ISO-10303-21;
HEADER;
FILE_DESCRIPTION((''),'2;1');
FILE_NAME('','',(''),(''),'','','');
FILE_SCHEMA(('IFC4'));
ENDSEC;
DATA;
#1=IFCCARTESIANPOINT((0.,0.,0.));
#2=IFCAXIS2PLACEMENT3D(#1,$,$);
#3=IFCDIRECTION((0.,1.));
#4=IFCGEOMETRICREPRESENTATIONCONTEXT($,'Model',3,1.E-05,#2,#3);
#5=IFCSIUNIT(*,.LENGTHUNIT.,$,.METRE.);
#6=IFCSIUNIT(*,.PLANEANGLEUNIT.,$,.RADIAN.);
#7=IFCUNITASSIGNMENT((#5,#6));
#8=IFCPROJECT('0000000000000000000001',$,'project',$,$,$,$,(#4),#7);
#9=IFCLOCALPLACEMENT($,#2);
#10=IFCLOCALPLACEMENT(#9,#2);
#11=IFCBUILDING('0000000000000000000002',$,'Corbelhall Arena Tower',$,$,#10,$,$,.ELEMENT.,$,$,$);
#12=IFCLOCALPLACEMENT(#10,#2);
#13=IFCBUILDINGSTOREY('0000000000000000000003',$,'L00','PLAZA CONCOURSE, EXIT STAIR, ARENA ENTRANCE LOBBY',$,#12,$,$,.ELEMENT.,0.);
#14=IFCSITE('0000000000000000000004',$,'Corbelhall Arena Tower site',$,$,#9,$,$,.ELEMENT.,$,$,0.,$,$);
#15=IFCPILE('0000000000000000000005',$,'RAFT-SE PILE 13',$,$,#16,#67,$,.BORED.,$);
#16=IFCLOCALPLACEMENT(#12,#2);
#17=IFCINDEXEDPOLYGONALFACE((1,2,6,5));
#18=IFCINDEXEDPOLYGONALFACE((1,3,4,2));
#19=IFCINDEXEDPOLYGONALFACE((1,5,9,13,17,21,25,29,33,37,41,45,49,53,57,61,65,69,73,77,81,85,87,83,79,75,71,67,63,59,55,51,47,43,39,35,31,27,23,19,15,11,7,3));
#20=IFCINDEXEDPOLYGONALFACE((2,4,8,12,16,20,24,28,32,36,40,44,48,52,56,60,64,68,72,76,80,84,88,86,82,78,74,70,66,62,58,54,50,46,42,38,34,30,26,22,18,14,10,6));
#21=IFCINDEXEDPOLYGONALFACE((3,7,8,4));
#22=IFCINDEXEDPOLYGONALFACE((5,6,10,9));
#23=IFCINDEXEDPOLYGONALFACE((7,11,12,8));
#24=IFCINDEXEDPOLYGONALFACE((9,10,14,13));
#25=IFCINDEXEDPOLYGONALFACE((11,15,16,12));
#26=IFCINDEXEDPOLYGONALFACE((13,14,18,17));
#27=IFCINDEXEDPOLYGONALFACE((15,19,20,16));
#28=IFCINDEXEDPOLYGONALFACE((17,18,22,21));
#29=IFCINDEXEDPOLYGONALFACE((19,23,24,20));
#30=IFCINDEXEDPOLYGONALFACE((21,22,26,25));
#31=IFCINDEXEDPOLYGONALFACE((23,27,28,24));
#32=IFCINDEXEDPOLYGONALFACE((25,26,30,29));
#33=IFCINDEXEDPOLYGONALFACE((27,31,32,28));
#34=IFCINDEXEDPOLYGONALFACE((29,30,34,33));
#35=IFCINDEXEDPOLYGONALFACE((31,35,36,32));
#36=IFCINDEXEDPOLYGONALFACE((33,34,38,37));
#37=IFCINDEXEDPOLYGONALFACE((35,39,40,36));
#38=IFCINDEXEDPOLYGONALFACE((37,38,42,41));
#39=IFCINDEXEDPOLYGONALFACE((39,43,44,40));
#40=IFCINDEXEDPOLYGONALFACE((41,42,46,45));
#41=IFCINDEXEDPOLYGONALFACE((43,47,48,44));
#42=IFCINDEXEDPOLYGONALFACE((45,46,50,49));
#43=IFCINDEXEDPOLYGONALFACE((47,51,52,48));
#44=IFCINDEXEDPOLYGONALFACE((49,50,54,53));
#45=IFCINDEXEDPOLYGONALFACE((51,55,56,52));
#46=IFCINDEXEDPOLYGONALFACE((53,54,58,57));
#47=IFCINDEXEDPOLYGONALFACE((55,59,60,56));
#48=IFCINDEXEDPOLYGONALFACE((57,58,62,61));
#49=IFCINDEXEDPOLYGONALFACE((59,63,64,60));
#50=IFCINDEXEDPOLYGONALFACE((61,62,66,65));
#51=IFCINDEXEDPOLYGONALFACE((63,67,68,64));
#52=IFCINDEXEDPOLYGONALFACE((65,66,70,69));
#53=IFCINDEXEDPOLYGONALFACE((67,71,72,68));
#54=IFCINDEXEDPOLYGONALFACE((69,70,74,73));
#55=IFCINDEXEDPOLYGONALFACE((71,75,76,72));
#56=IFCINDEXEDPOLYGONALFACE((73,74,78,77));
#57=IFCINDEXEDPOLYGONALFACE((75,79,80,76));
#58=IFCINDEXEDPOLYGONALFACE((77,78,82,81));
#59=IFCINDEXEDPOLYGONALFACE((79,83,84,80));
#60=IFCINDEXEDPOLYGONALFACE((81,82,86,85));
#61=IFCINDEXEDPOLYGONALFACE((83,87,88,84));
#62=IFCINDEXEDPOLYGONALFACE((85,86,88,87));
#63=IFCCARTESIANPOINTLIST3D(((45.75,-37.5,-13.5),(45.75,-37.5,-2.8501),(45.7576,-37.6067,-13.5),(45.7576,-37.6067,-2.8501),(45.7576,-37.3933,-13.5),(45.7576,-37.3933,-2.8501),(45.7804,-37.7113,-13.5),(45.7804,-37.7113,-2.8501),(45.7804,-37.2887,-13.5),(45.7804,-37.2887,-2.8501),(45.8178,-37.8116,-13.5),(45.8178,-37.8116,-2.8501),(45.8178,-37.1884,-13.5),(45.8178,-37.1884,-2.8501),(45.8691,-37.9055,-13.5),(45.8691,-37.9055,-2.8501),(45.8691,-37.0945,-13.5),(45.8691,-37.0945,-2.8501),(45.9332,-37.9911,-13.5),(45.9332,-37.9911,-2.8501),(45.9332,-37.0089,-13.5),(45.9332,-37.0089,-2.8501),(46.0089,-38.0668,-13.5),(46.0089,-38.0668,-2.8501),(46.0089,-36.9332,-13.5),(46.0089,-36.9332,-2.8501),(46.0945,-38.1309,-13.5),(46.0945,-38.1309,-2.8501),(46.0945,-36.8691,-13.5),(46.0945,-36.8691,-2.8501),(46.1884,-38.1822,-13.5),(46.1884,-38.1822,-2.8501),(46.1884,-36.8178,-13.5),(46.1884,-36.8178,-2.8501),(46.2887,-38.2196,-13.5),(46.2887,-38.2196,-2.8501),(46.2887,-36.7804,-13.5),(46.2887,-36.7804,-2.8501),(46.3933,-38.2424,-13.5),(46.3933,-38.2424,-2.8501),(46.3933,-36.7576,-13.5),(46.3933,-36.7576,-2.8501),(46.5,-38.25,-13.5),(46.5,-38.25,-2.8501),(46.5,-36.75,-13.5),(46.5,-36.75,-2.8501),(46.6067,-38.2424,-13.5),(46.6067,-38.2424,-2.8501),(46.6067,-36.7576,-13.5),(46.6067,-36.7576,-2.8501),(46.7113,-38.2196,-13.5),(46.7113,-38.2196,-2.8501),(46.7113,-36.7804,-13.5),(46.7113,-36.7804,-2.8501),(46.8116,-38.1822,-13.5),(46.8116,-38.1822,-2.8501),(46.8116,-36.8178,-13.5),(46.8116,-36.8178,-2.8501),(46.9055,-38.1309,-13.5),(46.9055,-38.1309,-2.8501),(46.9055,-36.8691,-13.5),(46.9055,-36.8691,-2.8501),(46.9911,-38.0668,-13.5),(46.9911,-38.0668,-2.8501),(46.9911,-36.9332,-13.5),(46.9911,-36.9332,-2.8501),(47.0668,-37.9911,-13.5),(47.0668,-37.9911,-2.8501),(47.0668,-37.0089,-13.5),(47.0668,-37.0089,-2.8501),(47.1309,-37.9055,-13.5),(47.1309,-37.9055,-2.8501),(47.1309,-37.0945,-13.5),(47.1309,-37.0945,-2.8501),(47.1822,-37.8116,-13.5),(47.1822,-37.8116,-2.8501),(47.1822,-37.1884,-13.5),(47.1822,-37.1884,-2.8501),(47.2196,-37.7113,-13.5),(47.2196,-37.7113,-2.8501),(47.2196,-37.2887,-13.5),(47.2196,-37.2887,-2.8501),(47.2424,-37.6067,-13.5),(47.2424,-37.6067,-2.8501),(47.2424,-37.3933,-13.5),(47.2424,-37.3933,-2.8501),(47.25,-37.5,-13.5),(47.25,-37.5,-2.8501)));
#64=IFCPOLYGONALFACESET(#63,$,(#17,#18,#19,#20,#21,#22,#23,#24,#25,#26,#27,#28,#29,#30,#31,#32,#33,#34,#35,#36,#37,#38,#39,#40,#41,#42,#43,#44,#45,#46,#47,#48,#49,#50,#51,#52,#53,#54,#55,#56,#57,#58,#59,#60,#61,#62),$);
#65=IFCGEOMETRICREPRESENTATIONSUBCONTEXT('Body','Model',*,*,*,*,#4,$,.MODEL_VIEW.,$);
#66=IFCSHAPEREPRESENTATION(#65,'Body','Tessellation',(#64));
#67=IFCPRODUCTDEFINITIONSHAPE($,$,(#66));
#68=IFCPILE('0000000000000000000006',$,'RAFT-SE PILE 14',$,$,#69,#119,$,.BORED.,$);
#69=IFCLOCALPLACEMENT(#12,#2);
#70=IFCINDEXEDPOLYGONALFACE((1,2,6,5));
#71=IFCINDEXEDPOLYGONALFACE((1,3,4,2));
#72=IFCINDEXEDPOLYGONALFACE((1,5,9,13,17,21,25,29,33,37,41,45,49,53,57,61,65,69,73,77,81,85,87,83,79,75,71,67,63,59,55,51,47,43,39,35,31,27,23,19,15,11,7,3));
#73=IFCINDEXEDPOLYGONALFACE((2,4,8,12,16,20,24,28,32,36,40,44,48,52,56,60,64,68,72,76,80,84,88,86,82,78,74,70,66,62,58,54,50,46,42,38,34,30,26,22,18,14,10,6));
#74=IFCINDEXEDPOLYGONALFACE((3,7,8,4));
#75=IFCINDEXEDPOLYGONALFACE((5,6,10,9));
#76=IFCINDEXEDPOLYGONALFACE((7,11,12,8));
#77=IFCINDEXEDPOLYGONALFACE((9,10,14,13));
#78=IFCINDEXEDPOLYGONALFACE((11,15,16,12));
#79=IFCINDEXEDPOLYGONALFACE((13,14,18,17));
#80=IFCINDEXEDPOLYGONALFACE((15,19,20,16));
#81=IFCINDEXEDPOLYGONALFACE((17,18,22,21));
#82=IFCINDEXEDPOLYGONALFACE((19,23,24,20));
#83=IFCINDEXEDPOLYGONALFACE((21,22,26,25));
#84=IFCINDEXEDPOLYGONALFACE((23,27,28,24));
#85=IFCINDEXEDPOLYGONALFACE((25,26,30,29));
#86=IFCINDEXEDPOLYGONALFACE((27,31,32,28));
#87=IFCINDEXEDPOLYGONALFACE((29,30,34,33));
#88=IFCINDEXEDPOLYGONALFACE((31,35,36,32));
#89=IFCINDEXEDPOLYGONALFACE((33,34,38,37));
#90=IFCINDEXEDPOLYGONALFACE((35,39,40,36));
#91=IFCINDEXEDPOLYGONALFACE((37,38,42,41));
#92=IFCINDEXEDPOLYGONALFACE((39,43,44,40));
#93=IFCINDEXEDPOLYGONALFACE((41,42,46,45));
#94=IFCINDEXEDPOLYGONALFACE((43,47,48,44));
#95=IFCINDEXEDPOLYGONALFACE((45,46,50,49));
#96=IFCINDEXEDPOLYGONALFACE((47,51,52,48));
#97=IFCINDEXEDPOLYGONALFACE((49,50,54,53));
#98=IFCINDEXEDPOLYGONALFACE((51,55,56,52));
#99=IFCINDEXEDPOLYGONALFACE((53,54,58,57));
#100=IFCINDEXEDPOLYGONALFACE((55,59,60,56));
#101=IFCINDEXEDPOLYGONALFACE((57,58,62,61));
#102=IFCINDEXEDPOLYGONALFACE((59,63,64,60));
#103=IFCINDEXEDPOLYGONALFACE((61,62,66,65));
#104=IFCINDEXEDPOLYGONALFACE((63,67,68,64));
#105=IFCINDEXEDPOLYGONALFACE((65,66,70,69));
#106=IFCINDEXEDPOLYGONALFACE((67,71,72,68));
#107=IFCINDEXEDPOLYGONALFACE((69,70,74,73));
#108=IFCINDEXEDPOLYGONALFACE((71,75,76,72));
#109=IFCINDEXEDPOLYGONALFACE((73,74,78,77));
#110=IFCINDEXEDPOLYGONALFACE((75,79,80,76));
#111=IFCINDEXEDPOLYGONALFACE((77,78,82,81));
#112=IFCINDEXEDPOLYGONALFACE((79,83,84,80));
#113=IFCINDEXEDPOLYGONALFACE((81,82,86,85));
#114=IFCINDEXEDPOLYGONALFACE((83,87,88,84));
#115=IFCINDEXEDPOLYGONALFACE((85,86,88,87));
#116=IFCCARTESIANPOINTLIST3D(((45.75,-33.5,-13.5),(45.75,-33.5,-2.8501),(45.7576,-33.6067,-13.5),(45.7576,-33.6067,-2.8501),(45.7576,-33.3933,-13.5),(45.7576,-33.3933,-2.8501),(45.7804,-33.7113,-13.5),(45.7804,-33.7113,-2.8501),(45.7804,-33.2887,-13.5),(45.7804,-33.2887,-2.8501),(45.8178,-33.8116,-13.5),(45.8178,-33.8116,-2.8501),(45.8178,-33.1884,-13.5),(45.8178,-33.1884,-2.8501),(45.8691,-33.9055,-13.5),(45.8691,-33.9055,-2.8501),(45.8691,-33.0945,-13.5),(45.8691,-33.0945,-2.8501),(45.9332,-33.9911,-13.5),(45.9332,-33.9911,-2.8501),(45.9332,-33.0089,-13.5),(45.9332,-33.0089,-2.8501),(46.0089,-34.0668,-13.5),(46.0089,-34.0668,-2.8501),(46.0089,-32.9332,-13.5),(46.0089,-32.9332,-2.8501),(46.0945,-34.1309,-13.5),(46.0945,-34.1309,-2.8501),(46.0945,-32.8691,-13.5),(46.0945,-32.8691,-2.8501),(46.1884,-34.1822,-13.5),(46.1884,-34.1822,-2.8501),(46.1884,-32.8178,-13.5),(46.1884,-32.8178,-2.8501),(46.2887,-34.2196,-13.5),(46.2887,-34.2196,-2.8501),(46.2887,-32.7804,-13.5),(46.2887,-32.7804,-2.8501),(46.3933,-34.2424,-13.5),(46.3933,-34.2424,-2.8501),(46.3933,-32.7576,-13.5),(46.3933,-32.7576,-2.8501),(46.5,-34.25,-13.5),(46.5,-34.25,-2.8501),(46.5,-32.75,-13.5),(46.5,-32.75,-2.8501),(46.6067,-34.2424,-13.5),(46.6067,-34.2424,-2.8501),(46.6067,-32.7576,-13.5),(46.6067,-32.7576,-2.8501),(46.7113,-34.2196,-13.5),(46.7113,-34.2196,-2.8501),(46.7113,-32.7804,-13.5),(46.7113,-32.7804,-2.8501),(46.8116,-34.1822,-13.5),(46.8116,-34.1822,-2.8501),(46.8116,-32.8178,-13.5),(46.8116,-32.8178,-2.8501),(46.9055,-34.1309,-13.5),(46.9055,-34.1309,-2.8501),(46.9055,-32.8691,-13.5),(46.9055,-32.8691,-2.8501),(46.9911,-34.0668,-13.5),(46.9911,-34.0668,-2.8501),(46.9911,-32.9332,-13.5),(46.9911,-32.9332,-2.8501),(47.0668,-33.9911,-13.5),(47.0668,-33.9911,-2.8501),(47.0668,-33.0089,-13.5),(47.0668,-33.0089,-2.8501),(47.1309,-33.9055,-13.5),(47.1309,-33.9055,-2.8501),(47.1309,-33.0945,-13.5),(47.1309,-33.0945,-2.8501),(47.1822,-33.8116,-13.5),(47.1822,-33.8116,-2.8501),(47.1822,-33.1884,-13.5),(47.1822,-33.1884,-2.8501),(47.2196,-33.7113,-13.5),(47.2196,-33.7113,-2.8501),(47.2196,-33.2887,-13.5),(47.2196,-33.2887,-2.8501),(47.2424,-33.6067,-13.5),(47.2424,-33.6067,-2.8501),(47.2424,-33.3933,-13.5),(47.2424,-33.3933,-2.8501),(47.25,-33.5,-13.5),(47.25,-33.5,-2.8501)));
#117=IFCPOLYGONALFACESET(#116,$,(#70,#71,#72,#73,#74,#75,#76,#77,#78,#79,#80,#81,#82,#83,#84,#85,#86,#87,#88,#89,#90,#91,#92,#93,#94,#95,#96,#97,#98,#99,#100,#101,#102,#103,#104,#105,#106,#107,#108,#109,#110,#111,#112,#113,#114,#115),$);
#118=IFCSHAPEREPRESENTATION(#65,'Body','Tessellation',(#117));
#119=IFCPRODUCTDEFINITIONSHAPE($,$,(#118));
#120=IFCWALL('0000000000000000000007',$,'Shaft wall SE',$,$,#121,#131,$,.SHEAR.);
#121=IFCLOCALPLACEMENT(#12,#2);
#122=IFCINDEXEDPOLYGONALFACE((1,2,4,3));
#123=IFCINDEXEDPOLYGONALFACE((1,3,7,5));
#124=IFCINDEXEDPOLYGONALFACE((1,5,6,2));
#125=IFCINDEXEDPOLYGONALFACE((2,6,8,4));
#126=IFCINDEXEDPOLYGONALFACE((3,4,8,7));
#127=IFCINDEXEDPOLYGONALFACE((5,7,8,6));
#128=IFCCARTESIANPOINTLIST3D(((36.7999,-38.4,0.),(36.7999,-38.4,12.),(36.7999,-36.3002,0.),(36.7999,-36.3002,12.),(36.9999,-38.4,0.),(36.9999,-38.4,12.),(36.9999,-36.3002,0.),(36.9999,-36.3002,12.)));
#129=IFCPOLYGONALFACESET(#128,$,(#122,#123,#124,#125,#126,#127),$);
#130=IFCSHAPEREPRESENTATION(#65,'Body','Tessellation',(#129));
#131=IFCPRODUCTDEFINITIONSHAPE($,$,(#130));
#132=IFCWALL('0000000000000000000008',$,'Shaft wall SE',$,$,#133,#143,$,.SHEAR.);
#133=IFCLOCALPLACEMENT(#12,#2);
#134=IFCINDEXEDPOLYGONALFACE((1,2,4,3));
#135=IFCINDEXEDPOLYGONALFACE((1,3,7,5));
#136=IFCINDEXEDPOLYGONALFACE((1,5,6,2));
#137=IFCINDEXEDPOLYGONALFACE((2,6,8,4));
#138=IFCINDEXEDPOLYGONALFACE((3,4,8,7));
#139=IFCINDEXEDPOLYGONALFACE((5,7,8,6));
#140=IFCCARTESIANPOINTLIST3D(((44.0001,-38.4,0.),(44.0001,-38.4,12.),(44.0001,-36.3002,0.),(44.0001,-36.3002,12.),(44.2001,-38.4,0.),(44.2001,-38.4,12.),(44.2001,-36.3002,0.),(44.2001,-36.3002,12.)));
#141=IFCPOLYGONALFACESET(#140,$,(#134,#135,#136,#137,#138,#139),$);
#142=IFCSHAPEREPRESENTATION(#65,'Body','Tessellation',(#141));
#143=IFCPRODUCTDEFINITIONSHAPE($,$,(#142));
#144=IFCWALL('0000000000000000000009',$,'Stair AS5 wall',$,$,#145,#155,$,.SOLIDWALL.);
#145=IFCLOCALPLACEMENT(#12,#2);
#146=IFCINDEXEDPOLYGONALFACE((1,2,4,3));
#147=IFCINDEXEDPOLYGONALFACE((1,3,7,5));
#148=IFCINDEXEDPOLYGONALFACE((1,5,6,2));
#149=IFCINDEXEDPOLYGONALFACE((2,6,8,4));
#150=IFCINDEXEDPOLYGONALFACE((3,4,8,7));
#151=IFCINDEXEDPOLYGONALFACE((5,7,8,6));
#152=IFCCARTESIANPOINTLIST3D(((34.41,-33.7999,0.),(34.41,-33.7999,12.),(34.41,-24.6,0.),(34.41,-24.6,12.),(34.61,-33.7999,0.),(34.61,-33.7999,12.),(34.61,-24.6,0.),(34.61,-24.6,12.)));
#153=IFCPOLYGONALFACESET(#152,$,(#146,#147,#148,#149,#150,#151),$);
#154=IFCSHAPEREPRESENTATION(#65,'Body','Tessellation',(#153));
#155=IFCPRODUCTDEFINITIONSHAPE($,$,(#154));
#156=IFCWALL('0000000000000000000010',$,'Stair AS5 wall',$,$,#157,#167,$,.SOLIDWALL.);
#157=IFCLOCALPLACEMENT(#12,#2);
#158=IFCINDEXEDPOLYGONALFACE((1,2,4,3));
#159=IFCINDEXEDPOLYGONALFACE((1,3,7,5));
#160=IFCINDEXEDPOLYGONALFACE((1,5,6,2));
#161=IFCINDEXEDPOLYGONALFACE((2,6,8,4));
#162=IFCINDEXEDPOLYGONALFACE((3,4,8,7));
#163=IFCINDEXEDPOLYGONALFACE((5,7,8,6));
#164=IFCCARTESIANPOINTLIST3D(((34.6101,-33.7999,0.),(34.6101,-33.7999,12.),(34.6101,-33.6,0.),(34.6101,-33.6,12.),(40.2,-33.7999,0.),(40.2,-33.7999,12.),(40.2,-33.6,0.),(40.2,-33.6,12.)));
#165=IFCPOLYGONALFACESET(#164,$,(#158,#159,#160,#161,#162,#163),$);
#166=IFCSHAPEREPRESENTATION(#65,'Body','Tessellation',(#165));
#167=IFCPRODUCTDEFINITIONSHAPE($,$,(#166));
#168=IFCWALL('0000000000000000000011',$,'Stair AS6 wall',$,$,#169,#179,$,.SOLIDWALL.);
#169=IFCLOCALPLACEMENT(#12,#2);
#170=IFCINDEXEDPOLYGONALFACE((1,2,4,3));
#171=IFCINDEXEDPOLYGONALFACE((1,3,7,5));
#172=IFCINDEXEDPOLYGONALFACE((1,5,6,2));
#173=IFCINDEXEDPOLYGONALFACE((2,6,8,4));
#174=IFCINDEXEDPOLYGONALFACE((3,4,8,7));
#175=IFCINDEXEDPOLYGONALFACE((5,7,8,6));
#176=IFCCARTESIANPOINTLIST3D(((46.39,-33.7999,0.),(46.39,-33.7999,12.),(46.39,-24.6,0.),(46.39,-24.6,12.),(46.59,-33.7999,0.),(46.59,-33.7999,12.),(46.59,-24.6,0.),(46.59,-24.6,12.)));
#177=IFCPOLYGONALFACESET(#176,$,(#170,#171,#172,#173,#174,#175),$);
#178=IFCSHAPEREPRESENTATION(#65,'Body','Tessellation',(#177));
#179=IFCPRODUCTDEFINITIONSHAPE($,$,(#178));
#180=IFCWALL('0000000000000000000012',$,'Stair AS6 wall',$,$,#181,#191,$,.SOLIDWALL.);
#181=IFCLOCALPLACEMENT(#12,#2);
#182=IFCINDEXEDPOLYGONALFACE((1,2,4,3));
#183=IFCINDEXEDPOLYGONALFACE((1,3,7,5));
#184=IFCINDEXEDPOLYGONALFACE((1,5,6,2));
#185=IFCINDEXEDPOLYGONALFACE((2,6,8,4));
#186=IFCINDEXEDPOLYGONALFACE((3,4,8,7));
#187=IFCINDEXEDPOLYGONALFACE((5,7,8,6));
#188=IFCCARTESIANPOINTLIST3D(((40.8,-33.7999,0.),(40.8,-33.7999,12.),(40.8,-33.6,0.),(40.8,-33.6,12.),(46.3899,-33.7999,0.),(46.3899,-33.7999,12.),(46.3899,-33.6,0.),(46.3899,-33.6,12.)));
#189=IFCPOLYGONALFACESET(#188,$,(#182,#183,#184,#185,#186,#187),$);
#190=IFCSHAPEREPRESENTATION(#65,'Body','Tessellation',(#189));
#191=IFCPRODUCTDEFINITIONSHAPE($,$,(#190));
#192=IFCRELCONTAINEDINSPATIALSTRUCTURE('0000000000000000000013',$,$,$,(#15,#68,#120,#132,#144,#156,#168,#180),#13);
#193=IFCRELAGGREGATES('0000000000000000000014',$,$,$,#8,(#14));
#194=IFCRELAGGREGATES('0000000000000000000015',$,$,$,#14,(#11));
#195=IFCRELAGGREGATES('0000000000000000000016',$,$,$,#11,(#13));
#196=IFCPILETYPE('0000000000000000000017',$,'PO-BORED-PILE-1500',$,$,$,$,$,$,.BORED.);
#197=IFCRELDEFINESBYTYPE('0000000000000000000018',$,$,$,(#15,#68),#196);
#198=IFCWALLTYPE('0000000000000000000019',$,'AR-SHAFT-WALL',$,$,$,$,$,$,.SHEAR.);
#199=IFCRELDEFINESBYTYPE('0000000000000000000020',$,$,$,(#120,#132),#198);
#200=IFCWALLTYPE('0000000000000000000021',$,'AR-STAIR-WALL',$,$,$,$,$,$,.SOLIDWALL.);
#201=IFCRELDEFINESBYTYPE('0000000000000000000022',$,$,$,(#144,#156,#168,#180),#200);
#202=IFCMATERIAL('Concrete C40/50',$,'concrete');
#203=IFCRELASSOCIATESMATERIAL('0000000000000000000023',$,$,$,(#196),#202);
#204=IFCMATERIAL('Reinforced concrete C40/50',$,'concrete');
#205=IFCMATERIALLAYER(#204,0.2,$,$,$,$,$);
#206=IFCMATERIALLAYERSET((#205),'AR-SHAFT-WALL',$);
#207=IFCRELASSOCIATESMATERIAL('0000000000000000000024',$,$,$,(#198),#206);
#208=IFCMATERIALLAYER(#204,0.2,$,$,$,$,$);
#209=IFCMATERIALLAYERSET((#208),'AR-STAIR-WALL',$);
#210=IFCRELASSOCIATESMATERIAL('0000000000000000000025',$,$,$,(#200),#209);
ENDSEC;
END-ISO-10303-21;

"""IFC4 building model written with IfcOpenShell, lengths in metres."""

from ifc_helpers import new_model, si_unit, direction, frame, frame_2d, origin, origin_2d, place, context, subcontext, project, spatial, rectangle, circle, extrude, material, layer, layer_set, material_profile, profile_set, type_object, element, save


model = new_model("IFC4")

# Units and contexts
model_context = context("Model", 3, precision=1e-05, world=origin(), true_north=direction((0.0, 1.0)))
body_context = subcontext(model_context, "Body", "Model", "MODEL_VIEW")
ifc_project = project(units=[si_unit("LENGTHUNIT", "METRE"), si_unit("PLANEANGLEUNIT", "RADIAN")], contexts=[model_context])

# Site, building, storey
site_placement = place(None, origin())
site = spatial("IfcSite", under=ifc_project, at=site_placement, Name="Corbelhall Arena Tower site", CompositionType="ELEMENT", RefElevation=0.0)
building_placement = place(site_placement, origin())
building = spatial("IfcBuilding", under=site, at=building_placement, Name="Corbelhall Arena Tower", CompositionType="ELEMENT")
storey_placement = place(building_placement, origin())
storey = spatial("IfcBuildingStorey", under=building, at=storey_placement, Name="L00", Description="PLAZA CONCOURSE, EXIT STAIR, ARENA ENTRANCE LOBBY", CompositionType="ELEMENT", Elevation=0.0)

# Piles
ifc_material_1 = material(Name="Concrete C40/50", Category="concrete")
ifc_material_profile = material_profile(ifc_material_1, circle(Radius=0.75, at=origin_2d()))
ifc_profile_set = profile_set([ifc_material_profile], Name="Concrete C40/50")
pile_type = type_object("IfcPileType", Name="PO-BORED-PILE-1500", PredefinedType="BORED", material=ifc_profile_set)
for number, where, z_axis, x_axis, name in (
    (1, (46.5, -37.5, -2.8501), (0.0, 0.0, -1.0), (1.0, 0.0, 0.0), "RAFT-SE PILE 13"),
    (2, (46.5, -33.5, -2.8501), (0.0, 0.0, -1.0), (1.0, 0.0, 0.0), "RAFT-SE PILE 14"),
):
    element("IfcPile", number, at=place(storey_placement, frame(where, z_axis=z_axis, x_axis=x_axis)), inside=storey, type_object=pile_type, Name=name, PredefinedType="BORED", context=body_context, shape_type="SweptSolid", body=[
        extrude(circle(Radius=0.75, at=origin_2d()), origin(), (0.0, 0.0, 1.0), 10.6499),
    ])

# Shared definitions
ifc_material_2 = material(Name="Reinforced concrete C40/50", Category="concrete")
ifc_layer_1 = layer(ifc_material_2, 0.2)
ifc_layer_set_1 = layer_set([ifc_layer_1], Name="AR-SHAFT-WALL")
wall_type_1 = type_object("IfcWallType", Name="AR-SHAFT-WALL", PredefinedType="SHEAR", material=ifc_layer_set_1)

# Walls
for number, where, z_axis, x_axis, name in (
    (3, (36.8999, -38.3999, 0.0), (0.0, 0.0, 1.0), (0.0, 1.0, 0.0), "Shaft wall SE"),
    (4, (44.1001, -38.3999, 0.0), (0.0, 0.0, 1.0), (0.0, 1.0, 0.0), "Shaft wall SE"),
):
    element("IfcWall", number, at=place(storey_placement, frame(where, z_axis=z_axis, x_axis=x_axis)), inside=storey, type_object=wall_type_1, Name=name, PredefinedType="SHEAR", context=body_context, shape_type="SweptSolid", body=[
        extrude(rectangle(XDim=2.0999, YDim=0.2, at=frame_2d((1.0498, 0.0))), origin(), (0.0, 0.0, 1.0), 12.0),
    ])
ifc_layer_2 = layer(ifc_material_2, 0.2)
ifc_layer_set_2 = layer_set([ifc_layer_2], Name="AR-STAIR-WALL")
wall_type_2 = type_object("IfcWallType", Name="AR-STAIR-WALL", PredefinedType="SOLIDWALL", material=ifc_layer_set_2)
wall_1_placement = place(storey_placement, frame((34.51, -33.8, 0.0), z_axis=(0.0, 0.0, 1.0), x_axis=(0.0, 1.0, 0.0)))
element("IfcWall", 5, at=wall_1_placement, inside=storey, type_object=wall_type_2, Name="Stair AS5 wall", PredefinedType="SOLIDWALL", context=body_context, shape_type="SweptSolid", body=[
    extrude(rectangle(XDim=9.2, YDim=0.2, at=frame_2d((4.6001, 0.0))), origin(), (0.0, 0.0, 1.0), 12.0),
])
wall_2_placement = place(storey_placement, frame((34.6101, -33.7, 0.0), z_axis=(0.0, 0.0, 1.0), x_axis=(1.0, 0.0, 0.0)))
element("IfcWall", 6, at=wall_2_placement, inside=storey, type_object=wall_type_2, Name="Stair AS5 wall", PredefinedType="SOLIDWALL", context=body_context, shape_type="SweptSolid", body=[
    extrude(rectangle(XDim=5.5898, YDim=0.2, at=frame_2d((2.7949, 0.0))), origin(), (0.0, 0.0, 1.0), 12.0),
])
wall_3_placement = place(storey_placement, frame((46.49, -33.8, 0.0), z_axis=(0.0, 0.0, 1.0), x_axis=(0.0, 1.0, 0.0)))
element("IfcWall", 7, at=wall_3_placement, inside=storey, type_object=wall_type_2, Name="Stair AS6 wall", PredefinedType="SOLIDWALL", context=body_context, shape_type="SweptSolid", body=[
    extrude(rectangle(XDim=9.2, YDim=0.2, at=frame_2d((4.6001, 0.0))), origin(), (0.0, 0.0, 1.0), 12.0),
])
wall_4_placement = place(storey_placement, frame((40.8, -33.7, 0.0), z_axis=(0.0, 0.0, 1.0), x_axis=(1.0, 0.0, 0.0)))
element("IfcWall", 8, at=wall_4_placement, inside=storey, type_object=wall_type_2, Name="Stair AS6 wall", PredefinedType="SOLIDWALL", context=body_context, shape_type="SweptSolid", body=[
    extrude(rectangle(XDim=5.5898, YDim=0.2, at=frame_2d((2.7949, 0.0))), origin(), (0.0, 0.0, 1.0), 12.0),
])

save(model, "model.ifc")
